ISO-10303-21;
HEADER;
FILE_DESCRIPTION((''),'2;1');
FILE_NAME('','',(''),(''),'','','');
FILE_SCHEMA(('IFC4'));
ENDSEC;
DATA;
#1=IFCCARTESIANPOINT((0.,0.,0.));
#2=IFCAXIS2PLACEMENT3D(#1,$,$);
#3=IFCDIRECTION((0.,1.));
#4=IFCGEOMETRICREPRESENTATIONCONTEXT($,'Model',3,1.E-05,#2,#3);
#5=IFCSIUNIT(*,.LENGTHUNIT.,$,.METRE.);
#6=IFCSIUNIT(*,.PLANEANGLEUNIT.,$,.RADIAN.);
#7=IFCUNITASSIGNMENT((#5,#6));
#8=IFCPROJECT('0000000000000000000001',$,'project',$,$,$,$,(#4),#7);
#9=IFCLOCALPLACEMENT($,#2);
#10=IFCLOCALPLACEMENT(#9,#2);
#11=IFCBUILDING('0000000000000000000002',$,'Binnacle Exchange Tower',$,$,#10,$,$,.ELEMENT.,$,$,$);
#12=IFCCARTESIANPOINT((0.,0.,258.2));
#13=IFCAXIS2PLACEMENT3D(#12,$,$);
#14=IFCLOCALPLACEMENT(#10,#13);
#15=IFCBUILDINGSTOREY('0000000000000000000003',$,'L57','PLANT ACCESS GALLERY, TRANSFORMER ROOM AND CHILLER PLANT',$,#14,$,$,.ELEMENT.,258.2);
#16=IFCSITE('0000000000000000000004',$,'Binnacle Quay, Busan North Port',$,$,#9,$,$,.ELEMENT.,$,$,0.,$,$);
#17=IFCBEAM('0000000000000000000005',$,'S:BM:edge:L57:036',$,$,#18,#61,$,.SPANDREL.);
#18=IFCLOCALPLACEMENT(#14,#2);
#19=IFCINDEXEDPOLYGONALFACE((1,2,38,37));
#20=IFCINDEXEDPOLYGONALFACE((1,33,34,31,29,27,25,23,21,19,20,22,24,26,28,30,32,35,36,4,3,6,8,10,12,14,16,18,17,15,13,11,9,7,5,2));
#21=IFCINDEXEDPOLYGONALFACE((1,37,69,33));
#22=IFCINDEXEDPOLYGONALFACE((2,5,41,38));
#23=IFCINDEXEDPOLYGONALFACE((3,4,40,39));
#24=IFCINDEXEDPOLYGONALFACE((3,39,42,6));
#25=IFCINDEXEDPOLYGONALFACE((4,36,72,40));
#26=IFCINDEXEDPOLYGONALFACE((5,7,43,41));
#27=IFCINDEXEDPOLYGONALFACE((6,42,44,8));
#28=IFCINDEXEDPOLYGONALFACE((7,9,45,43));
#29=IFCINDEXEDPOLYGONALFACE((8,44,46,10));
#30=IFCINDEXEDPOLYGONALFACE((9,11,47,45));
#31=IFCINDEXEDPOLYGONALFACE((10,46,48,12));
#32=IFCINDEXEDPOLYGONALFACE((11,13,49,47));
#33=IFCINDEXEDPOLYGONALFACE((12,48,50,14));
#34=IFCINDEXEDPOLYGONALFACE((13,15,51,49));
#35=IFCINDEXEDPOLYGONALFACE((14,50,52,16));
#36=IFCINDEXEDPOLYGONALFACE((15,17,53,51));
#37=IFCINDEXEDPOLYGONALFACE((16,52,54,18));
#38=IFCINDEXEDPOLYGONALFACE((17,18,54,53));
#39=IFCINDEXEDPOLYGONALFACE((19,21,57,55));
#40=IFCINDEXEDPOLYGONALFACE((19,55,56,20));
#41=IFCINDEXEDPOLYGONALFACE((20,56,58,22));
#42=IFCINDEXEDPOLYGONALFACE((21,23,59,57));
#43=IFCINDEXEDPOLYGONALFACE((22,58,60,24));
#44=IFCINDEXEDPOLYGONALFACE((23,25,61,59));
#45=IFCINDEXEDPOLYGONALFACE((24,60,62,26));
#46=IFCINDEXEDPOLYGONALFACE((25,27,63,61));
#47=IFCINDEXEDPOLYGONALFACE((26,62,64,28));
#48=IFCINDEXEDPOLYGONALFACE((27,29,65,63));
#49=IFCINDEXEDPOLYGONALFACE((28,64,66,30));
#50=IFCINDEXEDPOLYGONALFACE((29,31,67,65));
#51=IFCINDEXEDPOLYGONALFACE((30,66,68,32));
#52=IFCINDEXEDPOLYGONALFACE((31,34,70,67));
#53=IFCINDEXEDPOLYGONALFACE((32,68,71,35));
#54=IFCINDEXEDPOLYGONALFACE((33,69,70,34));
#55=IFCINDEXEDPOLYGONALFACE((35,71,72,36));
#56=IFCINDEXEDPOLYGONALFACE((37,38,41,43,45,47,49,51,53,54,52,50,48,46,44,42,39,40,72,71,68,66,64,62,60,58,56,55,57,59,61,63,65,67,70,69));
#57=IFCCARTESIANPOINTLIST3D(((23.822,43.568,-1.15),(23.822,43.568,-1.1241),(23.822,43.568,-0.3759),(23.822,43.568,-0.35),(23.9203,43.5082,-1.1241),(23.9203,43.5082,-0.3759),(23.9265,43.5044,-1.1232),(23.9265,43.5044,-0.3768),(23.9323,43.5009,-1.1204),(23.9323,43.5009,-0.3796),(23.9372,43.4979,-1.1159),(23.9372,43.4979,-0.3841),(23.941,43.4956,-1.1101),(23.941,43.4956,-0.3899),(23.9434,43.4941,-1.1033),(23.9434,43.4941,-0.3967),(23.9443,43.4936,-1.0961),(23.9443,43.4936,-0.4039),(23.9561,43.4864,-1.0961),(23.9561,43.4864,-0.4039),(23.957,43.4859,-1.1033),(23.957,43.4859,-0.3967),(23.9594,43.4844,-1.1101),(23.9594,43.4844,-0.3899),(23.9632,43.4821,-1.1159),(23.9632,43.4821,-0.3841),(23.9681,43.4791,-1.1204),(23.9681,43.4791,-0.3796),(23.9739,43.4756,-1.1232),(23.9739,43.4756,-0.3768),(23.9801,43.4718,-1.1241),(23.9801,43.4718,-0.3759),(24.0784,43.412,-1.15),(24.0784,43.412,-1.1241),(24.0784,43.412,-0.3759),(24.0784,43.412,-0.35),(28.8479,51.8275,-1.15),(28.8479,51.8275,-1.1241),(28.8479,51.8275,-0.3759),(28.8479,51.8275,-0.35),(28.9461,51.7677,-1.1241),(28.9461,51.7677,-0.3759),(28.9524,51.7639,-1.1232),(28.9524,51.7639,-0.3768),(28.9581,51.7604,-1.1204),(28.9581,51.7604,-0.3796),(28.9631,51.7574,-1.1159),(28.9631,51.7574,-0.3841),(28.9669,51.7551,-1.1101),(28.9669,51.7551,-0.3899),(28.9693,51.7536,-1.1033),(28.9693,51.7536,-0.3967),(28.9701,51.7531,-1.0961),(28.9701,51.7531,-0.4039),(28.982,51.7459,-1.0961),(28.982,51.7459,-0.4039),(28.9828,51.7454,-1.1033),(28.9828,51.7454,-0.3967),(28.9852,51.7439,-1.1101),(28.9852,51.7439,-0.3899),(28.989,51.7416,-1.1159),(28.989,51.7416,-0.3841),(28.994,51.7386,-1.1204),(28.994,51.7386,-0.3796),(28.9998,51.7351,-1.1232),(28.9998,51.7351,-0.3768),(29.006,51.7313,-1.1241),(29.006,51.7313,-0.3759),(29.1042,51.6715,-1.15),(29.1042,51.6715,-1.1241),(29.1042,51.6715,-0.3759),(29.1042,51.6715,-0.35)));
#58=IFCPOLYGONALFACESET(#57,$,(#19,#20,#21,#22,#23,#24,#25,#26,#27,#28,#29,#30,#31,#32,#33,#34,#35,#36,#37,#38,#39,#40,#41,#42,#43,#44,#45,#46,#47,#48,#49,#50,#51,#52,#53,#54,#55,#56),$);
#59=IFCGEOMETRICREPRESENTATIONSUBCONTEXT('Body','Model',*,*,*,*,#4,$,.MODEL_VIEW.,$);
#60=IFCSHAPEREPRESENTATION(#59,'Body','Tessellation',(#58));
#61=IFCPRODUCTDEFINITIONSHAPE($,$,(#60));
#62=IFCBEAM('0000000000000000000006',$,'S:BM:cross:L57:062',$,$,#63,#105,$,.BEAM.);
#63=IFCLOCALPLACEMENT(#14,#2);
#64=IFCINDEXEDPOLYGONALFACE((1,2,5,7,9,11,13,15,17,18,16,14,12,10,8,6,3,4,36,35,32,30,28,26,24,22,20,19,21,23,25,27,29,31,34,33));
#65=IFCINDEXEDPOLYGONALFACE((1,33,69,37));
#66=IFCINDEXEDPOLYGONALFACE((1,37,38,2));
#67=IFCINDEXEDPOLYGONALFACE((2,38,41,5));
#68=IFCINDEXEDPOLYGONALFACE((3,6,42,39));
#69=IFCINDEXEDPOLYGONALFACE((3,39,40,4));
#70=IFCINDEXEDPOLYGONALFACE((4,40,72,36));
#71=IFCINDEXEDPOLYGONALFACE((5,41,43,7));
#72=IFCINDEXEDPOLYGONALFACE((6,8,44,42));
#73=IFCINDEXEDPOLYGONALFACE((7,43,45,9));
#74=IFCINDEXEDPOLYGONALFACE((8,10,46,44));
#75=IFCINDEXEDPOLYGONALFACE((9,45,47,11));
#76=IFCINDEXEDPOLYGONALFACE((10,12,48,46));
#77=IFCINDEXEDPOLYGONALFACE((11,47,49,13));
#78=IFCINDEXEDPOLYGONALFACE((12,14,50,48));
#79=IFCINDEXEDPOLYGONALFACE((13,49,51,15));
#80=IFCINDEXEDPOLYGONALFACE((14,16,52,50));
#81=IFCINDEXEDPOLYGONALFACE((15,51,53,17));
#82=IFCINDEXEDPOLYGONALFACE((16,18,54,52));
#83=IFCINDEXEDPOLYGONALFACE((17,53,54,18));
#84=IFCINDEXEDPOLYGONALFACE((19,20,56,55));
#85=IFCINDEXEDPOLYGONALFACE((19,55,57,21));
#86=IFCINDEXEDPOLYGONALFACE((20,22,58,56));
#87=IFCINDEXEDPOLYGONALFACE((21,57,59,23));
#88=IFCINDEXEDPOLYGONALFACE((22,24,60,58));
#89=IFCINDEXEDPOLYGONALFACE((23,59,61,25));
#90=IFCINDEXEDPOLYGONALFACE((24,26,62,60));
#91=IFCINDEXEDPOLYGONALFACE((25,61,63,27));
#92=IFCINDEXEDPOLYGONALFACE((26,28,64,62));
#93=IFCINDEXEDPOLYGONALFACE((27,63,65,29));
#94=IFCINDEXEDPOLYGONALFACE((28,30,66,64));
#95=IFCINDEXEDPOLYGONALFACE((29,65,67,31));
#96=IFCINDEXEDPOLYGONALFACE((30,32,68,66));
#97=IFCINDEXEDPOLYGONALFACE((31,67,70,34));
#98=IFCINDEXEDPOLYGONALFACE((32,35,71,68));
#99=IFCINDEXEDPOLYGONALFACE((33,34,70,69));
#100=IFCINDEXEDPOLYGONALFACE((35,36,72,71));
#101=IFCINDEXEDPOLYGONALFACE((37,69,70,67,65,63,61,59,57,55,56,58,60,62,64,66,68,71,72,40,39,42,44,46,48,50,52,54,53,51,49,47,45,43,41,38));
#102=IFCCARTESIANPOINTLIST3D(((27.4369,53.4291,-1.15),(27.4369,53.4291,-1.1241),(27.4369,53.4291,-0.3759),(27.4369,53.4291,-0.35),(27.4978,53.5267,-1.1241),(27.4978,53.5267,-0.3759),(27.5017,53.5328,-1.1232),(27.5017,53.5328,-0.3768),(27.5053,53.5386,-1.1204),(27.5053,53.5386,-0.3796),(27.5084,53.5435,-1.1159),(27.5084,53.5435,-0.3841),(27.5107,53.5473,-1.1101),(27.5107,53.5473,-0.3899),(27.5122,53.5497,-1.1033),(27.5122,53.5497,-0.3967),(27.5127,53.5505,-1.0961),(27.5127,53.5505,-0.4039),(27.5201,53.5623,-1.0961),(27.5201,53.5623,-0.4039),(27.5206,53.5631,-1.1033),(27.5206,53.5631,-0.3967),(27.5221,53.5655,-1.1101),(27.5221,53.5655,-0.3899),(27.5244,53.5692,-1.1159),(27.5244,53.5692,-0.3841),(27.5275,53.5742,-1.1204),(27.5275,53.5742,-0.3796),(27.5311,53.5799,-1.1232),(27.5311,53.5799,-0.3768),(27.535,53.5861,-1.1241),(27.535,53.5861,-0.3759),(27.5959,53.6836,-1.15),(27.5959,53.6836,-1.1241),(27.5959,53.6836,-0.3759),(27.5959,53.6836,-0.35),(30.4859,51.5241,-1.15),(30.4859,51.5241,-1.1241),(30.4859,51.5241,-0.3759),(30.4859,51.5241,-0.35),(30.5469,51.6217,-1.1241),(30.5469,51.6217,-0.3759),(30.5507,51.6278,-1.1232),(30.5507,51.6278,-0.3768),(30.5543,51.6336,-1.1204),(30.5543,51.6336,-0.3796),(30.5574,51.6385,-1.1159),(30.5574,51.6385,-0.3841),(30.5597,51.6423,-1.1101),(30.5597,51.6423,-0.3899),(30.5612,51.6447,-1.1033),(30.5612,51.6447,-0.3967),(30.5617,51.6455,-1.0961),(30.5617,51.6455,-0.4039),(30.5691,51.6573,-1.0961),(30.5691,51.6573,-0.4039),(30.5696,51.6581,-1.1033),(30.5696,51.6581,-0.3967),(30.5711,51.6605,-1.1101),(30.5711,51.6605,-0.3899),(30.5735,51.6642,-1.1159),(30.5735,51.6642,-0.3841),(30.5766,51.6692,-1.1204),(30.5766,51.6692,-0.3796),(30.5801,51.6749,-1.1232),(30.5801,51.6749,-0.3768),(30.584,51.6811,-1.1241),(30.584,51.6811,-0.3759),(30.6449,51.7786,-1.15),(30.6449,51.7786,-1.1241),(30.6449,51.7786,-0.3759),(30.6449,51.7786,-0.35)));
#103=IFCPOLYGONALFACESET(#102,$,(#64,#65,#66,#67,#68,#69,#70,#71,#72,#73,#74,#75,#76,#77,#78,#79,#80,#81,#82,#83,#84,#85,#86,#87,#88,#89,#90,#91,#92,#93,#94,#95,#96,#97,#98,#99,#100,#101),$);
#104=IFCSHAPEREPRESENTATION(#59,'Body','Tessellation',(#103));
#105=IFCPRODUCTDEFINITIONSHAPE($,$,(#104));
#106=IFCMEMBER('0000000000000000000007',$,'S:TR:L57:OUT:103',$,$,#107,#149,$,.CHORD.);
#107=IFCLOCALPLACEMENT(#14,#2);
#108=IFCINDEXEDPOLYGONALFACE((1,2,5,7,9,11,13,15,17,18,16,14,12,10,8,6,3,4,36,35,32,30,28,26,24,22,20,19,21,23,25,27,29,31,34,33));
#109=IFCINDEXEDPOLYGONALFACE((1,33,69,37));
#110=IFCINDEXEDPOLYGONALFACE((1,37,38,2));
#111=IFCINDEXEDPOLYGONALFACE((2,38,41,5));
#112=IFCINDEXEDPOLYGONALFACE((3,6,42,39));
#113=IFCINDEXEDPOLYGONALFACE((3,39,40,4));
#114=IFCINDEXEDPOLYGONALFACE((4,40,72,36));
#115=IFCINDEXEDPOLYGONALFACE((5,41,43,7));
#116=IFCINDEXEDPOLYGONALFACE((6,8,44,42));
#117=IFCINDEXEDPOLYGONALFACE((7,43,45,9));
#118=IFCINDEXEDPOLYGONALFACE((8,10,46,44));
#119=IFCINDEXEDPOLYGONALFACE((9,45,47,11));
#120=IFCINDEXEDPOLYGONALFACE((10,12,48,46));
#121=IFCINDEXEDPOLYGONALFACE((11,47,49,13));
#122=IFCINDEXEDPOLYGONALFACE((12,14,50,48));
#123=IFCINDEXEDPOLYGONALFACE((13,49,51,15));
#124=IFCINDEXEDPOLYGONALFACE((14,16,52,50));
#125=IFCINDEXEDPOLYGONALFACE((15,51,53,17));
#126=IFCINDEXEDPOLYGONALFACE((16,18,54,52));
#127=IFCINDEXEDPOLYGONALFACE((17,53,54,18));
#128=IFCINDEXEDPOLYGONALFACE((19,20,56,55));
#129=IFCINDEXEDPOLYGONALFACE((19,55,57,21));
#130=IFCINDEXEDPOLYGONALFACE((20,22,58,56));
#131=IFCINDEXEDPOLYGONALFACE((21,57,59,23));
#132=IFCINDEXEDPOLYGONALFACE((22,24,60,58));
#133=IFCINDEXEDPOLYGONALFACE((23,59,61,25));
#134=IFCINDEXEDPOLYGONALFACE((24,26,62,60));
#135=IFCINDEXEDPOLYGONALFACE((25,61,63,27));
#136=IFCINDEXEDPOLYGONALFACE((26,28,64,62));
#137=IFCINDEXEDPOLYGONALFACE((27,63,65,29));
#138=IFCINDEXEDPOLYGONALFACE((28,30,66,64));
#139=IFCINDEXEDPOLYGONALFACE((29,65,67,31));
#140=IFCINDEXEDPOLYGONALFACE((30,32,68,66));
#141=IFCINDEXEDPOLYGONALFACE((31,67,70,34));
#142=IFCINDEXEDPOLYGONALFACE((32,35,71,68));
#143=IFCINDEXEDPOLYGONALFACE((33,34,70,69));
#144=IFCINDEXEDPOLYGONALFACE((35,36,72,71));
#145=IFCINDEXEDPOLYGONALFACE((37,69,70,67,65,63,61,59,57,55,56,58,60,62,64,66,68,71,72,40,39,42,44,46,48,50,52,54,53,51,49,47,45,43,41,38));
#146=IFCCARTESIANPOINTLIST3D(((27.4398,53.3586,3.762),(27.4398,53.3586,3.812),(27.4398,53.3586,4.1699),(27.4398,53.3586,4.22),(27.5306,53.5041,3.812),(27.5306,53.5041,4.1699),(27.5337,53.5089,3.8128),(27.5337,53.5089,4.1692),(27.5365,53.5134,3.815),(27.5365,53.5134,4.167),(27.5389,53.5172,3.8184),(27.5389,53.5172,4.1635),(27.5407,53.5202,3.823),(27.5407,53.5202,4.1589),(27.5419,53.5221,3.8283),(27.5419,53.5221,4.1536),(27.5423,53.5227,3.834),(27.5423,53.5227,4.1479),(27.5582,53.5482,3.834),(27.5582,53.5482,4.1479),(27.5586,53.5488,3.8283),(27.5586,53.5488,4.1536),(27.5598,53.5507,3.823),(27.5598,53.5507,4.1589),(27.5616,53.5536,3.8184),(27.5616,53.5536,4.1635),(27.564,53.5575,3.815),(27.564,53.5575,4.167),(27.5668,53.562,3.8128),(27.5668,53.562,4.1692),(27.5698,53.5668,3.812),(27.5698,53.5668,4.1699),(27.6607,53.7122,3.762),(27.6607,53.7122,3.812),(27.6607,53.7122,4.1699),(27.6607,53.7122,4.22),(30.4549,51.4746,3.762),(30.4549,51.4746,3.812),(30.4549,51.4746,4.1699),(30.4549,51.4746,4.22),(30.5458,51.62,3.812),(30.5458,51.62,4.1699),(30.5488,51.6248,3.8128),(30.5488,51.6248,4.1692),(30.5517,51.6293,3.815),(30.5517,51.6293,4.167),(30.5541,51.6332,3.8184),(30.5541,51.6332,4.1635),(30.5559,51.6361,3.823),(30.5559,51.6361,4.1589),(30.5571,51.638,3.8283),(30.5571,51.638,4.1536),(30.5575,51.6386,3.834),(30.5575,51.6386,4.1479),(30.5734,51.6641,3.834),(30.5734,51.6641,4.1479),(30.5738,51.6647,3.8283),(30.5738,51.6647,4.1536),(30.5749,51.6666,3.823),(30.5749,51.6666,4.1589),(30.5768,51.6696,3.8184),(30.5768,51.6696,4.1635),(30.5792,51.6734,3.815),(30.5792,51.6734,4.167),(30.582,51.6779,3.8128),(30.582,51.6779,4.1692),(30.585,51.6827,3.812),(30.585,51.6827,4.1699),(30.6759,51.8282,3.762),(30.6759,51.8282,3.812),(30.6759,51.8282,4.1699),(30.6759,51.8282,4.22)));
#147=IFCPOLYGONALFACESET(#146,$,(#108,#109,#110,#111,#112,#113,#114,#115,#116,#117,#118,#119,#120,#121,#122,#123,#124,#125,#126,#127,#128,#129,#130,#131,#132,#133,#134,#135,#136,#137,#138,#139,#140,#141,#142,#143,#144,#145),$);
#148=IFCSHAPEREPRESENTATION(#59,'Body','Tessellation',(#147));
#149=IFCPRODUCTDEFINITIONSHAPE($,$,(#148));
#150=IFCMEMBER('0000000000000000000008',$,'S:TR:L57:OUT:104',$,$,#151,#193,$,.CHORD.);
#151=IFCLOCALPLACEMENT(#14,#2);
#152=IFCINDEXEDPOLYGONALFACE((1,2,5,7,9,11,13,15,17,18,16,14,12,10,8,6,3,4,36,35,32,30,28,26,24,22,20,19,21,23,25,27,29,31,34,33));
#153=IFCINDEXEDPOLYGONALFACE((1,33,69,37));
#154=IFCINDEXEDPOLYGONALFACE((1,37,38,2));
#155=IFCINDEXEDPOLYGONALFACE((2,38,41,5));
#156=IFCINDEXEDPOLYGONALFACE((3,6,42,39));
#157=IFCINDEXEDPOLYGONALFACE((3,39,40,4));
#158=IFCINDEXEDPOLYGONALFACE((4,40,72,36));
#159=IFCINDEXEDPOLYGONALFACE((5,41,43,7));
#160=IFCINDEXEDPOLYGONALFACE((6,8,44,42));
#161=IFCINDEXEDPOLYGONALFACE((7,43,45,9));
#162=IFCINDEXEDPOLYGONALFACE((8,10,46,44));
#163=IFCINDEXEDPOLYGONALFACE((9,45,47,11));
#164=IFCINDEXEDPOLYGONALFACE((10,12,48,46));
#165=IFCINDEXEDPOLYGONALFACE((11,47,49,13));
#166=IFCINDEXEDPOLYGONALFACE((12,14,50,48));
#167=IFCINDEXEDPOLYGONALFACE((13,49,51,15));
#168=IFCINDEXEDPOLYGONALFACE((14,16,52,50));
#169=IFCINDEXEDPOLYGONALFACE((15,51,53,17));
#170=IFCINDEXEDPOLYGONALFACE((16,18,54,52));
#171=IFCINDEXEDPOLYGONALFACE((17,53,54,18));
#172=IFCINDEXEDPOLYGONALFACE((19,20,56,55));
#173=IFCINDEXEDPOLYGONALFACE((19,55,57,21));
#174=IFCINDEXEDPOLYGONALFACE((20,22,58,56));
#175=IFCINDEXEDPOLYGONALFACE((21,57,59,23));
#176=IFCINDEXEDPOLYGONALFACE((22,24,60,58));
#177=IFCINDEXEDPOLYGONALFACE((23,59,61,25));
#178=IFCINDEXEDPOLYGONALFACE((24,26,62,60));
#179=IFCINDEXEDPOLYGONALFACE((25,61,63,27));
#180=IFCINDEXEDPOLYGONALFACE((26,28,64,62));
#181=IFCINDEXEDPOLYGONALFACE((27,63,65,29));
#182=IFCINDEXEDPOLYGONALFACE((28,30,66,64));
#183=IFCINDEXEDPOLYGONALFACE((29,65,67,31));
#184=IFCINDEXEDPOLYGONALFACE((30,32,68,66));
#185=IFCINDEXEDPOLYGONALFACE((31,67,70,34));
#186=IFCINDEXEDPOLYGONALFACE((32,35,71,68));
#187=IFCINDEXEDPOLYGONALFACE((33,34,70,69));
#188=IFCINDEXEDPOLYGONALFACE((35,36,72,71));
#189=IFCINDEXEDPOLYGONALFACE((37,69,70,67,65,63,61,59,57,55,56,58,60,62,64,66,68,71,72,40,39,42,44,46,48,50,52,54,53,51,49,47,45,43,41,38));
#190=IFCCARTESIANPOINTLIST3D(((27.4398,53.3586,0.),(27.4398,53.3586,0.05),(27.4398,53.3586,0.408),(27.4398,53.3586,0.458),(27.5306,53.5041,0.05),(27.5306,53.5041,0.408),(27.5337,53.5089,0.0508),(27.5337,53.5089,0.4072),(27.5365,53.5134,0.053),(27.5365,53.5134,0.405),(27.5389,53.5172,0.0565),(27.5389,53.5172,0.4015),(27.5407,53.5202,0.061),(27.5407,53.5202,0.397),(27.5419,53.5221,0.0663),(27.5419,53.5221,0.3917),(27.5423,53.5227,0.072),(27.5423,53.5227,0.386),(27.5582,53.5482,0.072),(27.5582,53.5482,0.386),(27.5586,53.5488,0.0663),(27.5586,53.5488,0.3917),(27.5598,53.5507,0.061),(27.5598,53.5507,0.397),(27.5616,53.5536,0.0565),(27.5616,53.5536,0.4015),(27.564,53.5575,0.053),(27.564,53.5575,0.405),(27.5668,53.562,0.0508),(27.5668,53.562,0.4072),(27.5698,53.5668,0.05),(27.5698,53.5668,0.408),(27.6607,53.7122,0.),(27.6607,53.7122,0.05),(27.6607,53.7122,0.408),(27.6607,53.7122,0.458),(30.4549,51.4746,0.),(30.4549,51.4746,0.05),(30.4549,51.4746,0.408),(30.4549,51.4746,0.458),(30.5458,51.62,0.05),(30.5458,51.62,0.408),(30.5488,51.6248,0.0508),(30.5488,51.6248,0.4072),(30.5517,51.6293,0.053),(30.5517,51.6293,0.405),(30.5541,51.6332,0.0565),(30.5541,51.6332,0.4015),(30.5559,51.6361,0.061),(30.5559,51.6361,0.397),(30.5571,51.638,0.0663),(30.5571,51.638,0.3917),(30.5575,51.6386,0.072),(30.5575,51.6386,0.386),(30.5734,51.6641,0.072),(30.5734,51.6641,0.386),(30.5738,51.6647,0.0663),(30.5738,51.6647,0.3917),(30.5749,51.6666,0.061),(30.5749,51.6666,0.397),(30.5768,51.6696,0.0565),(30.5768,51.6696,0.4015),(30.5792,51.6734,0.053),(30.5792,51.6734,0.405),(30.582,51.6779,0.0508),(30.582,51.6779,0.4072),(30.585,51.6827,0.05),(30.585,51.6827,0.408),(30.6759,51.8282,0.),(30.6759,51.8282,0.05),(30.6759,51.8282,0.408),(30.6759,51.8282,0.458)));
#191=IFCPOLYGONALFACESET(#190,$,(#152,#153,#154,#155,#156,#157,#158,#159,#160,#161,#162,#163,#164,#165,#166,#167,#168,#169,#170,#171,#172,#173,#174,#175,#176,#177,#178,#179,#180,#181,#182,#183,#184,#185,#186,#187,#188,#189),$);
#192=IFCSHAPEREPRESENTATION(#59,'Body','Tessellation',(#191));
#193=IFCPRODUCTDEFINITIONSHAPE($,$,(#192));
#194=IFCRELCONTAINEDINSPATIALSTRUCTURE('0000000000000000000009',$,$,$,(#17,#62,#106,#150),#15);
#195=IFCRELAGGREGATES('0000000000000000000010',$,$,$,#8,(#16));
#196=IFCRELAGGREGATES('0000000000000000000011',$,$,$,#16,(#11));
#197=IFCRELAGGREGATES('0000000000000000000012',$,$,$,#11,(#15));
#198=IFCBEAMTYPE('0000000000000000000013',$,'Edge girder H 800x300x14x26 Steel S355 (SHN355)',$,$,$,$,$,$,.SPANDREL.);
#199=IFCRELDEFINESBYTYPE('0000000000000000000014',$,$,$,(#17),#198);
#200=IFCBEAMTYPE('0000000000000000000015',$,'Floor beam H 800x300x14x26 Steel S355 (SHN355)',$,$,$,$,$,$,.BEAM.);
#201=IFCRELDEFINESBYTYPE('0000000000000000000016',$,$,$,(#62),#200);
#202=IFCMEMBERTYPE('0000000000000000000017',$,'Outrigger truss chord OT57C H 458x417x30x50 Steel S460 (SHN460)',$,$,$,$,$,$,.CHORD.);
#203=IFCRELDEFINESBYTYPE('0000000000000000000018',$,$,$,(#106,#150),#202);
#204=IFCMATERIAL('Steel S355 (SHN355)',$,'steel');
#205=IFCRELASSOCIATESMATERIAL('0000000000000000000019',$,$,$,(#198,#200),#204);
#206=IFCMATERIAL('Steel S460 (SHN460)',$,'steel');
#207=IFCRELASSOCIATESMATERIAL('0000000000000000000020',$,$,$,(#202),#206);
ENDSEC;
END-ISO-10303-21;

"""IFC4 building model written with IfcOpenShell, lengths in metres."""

from ifc_helpers import new_model, si_unit, direction, frame, origin, origin_2d, place, context, subcontext, project, spatial, i_section, extrude, material, material_profile, profile_set, type_object, element, save


model = new_model("IFC4")

# Units and contexts
model_context = context("Model", 3, precision=1e-05, world=origin(), true_north=direction((0.0, 1.0)))
body_context = subcontext(model_context, "Body", "Model", "MODEL_VIEW")
ifc_project = project(units=[si_unit("LENGTHUNIT", "METRE"), si_unit("PLANEANGLEUNIT", "RADIAN")], contexts=[model_context])

# Site, building, storey
site_placement = place(None, origin())
site = spatial("IfcSite", under=ifc_project, at=site_placement, Name="Binnacle Quay, Busan North Port", CompositionType="ELEMENT", RefElevation=0.0)
building_placement = place(site_placement, origin())
building = spatial("IfcBuilding", under=site, at=building_placement, Name="Binnacle Exchange Tower", CompositionType="ELEMENT")
storey_placement = place(building_placement, frame((0.0, 0.0, 258.2)))
storey = spatial("IfcBuildingStorey", under=building, at=storey_placement, Name="L57", Description="PLANT ACCESS GALLERY, TRANSFORMER ROOM AND CHILLER PLANT", CompositionType="ELEMENT", Elevation=258.2)

# Shared definitions
ifc_material_1 = material(Name="Steel S355 (SHN355)", Category="steel")

# Beams
ifc_material_profile_1 = material_profile(ifc_material_1, i_section(OverallWidth=0.3, OverallDepth=0.8, WebThickness=0.0139, FlangeThickness=0.0259, FilletRadius=0.0281, at=origin_2d()), Name="H 800x300x14x26")
ifc_profile_set_1 = profile_set([ifc_material_profile_1], Name="Steel S355 (SHN355)")
beam_type_1 = type_object("IfcBeamType", Name="Edge girder H 800x300x14x26 Steel S355 (SHN355)", PredefinedType="SPANDREL", material=ifc_profile_set_1)
beam_1_placement = place(storey_placement, frame((28.9761, 51.7495, -0.75), z_axis=(-0.519822, -0.854275, 0.0), x_axis=(0.854275, -0.519822, 0.0)))
element("IfcBeam", 1, at=beam_1_placement, inside=storey, type_object=beam_type_1, Name="S:BM:edge:L57:036", PredefinedType="SPANDREL", context=body_context, shape_type="SweptSolid", body=[
    extrude(i_section(OverallWidth=0.3, OverallDepth=0.8, WebThickness=0.0139, FlangeThickness=0.0259, FilletRadius=0.0281, at=origin_2d()), origin(), (0.0, 0.0, 1.0), 9.6685),
])
ifc_material_profile_2 = material_profile(ifc_material_1, i_section(OverallWidth=0.3, OverallDepth=0.8, WebThickness=0.0139, FlangeThickness=0.0259, FilletRadius=0.0281, at=origin_2d()), Name="H 800x300x14x26")
ifc_profile_set_2 = profile_set([ifc_material_profile_2], Name="Steel S355 (SHN355)")
beam_type_2 = type_object("IfcBeamType", Name="Floor beam H 800x300x14x26 Steel S355 (SHN355)", PredefinedType="BEAM", material=ifc_profile_set_2)
beam_2_placement = place(storey_placement, frame((30.5654, 51.6514, -0.75), z_axis=(-0.848078, 0.529871, 0.0), x_axis=(-0.529871, -0.848078, 0.0)))
element("IfcBeam", 2, at=beam_2_placement, inside=storey, type_object=beam_type_2, Name="S:BM:cross:L57:062", PredefinedType="BEAM", context=body_context, shape_type="SweptSolid", body=[
    extrude(i_section(OverallWidth=0.3, OverallDepth=0.8, WebThickness=0.0139, FlangeThickness=0.0259, FilletRadius=0.0281, at=origin_2d()), origin(), (0.0, 0.0, 1.0), 3.5952),
])

# Members
ifc_material_2 = material(Name="Steel S460 (SHN460)", Category="steel")
ifc_material_profile_3 = material_profile(ifc_material_2, i_section(OverallWidth=0.417, OverallDepth=0.458, WebThickness=0.03, FlangeThickness=0.05, FilletRadius=0.022, at=origin_2d()), Name="H 458x417x30x50")
ifc_profile_set_3 = profile_set([ifc_material_profile_3], Name="Steel S460 (SHN460)")
member_type_1 = type_object("IfcMemberType", Name="Outrigger truss chord OT57C H 458x417x30x50 Steel S460 (SHN460)", PredefinedType="CHORD", material=ifc_profile_set_3)
for number, where, z_axis, x_axis, name in (
    (3, (30.5654, 51.6514, 3.991), (-0.848052, 0.529913, 0.0), (-0.529913, -0.848052, 0.0), "S:TR:L57:OUT:103"),
    (4, (30.5654, 51.6514, 0.229), (-0.848052, 0.529913, 0.0), (-0.529913, -0.848052, 0.0), "S:TR:L57:OUT:104"),
):
    element("IfcMember", number, at=place(storey_placement, frame(where, z_axis=z_axis, x_axis=x_axis)), inside=storey, type_object=member_type_1, Name=name, PredefinedType="CHORD", context=body_context, shape_type="SweptSolid", body=[
        extrude(i_section(OverallWidth=0.417, OverallDepth=0.458, WebThickness=0.03, FlangeThickness=0.05, FilletRadius=0.022, at=origin_2d()), origin(), (0.0, 0.0, 1.0), 3.5554),
    ])

save(model, "model.ifc")
